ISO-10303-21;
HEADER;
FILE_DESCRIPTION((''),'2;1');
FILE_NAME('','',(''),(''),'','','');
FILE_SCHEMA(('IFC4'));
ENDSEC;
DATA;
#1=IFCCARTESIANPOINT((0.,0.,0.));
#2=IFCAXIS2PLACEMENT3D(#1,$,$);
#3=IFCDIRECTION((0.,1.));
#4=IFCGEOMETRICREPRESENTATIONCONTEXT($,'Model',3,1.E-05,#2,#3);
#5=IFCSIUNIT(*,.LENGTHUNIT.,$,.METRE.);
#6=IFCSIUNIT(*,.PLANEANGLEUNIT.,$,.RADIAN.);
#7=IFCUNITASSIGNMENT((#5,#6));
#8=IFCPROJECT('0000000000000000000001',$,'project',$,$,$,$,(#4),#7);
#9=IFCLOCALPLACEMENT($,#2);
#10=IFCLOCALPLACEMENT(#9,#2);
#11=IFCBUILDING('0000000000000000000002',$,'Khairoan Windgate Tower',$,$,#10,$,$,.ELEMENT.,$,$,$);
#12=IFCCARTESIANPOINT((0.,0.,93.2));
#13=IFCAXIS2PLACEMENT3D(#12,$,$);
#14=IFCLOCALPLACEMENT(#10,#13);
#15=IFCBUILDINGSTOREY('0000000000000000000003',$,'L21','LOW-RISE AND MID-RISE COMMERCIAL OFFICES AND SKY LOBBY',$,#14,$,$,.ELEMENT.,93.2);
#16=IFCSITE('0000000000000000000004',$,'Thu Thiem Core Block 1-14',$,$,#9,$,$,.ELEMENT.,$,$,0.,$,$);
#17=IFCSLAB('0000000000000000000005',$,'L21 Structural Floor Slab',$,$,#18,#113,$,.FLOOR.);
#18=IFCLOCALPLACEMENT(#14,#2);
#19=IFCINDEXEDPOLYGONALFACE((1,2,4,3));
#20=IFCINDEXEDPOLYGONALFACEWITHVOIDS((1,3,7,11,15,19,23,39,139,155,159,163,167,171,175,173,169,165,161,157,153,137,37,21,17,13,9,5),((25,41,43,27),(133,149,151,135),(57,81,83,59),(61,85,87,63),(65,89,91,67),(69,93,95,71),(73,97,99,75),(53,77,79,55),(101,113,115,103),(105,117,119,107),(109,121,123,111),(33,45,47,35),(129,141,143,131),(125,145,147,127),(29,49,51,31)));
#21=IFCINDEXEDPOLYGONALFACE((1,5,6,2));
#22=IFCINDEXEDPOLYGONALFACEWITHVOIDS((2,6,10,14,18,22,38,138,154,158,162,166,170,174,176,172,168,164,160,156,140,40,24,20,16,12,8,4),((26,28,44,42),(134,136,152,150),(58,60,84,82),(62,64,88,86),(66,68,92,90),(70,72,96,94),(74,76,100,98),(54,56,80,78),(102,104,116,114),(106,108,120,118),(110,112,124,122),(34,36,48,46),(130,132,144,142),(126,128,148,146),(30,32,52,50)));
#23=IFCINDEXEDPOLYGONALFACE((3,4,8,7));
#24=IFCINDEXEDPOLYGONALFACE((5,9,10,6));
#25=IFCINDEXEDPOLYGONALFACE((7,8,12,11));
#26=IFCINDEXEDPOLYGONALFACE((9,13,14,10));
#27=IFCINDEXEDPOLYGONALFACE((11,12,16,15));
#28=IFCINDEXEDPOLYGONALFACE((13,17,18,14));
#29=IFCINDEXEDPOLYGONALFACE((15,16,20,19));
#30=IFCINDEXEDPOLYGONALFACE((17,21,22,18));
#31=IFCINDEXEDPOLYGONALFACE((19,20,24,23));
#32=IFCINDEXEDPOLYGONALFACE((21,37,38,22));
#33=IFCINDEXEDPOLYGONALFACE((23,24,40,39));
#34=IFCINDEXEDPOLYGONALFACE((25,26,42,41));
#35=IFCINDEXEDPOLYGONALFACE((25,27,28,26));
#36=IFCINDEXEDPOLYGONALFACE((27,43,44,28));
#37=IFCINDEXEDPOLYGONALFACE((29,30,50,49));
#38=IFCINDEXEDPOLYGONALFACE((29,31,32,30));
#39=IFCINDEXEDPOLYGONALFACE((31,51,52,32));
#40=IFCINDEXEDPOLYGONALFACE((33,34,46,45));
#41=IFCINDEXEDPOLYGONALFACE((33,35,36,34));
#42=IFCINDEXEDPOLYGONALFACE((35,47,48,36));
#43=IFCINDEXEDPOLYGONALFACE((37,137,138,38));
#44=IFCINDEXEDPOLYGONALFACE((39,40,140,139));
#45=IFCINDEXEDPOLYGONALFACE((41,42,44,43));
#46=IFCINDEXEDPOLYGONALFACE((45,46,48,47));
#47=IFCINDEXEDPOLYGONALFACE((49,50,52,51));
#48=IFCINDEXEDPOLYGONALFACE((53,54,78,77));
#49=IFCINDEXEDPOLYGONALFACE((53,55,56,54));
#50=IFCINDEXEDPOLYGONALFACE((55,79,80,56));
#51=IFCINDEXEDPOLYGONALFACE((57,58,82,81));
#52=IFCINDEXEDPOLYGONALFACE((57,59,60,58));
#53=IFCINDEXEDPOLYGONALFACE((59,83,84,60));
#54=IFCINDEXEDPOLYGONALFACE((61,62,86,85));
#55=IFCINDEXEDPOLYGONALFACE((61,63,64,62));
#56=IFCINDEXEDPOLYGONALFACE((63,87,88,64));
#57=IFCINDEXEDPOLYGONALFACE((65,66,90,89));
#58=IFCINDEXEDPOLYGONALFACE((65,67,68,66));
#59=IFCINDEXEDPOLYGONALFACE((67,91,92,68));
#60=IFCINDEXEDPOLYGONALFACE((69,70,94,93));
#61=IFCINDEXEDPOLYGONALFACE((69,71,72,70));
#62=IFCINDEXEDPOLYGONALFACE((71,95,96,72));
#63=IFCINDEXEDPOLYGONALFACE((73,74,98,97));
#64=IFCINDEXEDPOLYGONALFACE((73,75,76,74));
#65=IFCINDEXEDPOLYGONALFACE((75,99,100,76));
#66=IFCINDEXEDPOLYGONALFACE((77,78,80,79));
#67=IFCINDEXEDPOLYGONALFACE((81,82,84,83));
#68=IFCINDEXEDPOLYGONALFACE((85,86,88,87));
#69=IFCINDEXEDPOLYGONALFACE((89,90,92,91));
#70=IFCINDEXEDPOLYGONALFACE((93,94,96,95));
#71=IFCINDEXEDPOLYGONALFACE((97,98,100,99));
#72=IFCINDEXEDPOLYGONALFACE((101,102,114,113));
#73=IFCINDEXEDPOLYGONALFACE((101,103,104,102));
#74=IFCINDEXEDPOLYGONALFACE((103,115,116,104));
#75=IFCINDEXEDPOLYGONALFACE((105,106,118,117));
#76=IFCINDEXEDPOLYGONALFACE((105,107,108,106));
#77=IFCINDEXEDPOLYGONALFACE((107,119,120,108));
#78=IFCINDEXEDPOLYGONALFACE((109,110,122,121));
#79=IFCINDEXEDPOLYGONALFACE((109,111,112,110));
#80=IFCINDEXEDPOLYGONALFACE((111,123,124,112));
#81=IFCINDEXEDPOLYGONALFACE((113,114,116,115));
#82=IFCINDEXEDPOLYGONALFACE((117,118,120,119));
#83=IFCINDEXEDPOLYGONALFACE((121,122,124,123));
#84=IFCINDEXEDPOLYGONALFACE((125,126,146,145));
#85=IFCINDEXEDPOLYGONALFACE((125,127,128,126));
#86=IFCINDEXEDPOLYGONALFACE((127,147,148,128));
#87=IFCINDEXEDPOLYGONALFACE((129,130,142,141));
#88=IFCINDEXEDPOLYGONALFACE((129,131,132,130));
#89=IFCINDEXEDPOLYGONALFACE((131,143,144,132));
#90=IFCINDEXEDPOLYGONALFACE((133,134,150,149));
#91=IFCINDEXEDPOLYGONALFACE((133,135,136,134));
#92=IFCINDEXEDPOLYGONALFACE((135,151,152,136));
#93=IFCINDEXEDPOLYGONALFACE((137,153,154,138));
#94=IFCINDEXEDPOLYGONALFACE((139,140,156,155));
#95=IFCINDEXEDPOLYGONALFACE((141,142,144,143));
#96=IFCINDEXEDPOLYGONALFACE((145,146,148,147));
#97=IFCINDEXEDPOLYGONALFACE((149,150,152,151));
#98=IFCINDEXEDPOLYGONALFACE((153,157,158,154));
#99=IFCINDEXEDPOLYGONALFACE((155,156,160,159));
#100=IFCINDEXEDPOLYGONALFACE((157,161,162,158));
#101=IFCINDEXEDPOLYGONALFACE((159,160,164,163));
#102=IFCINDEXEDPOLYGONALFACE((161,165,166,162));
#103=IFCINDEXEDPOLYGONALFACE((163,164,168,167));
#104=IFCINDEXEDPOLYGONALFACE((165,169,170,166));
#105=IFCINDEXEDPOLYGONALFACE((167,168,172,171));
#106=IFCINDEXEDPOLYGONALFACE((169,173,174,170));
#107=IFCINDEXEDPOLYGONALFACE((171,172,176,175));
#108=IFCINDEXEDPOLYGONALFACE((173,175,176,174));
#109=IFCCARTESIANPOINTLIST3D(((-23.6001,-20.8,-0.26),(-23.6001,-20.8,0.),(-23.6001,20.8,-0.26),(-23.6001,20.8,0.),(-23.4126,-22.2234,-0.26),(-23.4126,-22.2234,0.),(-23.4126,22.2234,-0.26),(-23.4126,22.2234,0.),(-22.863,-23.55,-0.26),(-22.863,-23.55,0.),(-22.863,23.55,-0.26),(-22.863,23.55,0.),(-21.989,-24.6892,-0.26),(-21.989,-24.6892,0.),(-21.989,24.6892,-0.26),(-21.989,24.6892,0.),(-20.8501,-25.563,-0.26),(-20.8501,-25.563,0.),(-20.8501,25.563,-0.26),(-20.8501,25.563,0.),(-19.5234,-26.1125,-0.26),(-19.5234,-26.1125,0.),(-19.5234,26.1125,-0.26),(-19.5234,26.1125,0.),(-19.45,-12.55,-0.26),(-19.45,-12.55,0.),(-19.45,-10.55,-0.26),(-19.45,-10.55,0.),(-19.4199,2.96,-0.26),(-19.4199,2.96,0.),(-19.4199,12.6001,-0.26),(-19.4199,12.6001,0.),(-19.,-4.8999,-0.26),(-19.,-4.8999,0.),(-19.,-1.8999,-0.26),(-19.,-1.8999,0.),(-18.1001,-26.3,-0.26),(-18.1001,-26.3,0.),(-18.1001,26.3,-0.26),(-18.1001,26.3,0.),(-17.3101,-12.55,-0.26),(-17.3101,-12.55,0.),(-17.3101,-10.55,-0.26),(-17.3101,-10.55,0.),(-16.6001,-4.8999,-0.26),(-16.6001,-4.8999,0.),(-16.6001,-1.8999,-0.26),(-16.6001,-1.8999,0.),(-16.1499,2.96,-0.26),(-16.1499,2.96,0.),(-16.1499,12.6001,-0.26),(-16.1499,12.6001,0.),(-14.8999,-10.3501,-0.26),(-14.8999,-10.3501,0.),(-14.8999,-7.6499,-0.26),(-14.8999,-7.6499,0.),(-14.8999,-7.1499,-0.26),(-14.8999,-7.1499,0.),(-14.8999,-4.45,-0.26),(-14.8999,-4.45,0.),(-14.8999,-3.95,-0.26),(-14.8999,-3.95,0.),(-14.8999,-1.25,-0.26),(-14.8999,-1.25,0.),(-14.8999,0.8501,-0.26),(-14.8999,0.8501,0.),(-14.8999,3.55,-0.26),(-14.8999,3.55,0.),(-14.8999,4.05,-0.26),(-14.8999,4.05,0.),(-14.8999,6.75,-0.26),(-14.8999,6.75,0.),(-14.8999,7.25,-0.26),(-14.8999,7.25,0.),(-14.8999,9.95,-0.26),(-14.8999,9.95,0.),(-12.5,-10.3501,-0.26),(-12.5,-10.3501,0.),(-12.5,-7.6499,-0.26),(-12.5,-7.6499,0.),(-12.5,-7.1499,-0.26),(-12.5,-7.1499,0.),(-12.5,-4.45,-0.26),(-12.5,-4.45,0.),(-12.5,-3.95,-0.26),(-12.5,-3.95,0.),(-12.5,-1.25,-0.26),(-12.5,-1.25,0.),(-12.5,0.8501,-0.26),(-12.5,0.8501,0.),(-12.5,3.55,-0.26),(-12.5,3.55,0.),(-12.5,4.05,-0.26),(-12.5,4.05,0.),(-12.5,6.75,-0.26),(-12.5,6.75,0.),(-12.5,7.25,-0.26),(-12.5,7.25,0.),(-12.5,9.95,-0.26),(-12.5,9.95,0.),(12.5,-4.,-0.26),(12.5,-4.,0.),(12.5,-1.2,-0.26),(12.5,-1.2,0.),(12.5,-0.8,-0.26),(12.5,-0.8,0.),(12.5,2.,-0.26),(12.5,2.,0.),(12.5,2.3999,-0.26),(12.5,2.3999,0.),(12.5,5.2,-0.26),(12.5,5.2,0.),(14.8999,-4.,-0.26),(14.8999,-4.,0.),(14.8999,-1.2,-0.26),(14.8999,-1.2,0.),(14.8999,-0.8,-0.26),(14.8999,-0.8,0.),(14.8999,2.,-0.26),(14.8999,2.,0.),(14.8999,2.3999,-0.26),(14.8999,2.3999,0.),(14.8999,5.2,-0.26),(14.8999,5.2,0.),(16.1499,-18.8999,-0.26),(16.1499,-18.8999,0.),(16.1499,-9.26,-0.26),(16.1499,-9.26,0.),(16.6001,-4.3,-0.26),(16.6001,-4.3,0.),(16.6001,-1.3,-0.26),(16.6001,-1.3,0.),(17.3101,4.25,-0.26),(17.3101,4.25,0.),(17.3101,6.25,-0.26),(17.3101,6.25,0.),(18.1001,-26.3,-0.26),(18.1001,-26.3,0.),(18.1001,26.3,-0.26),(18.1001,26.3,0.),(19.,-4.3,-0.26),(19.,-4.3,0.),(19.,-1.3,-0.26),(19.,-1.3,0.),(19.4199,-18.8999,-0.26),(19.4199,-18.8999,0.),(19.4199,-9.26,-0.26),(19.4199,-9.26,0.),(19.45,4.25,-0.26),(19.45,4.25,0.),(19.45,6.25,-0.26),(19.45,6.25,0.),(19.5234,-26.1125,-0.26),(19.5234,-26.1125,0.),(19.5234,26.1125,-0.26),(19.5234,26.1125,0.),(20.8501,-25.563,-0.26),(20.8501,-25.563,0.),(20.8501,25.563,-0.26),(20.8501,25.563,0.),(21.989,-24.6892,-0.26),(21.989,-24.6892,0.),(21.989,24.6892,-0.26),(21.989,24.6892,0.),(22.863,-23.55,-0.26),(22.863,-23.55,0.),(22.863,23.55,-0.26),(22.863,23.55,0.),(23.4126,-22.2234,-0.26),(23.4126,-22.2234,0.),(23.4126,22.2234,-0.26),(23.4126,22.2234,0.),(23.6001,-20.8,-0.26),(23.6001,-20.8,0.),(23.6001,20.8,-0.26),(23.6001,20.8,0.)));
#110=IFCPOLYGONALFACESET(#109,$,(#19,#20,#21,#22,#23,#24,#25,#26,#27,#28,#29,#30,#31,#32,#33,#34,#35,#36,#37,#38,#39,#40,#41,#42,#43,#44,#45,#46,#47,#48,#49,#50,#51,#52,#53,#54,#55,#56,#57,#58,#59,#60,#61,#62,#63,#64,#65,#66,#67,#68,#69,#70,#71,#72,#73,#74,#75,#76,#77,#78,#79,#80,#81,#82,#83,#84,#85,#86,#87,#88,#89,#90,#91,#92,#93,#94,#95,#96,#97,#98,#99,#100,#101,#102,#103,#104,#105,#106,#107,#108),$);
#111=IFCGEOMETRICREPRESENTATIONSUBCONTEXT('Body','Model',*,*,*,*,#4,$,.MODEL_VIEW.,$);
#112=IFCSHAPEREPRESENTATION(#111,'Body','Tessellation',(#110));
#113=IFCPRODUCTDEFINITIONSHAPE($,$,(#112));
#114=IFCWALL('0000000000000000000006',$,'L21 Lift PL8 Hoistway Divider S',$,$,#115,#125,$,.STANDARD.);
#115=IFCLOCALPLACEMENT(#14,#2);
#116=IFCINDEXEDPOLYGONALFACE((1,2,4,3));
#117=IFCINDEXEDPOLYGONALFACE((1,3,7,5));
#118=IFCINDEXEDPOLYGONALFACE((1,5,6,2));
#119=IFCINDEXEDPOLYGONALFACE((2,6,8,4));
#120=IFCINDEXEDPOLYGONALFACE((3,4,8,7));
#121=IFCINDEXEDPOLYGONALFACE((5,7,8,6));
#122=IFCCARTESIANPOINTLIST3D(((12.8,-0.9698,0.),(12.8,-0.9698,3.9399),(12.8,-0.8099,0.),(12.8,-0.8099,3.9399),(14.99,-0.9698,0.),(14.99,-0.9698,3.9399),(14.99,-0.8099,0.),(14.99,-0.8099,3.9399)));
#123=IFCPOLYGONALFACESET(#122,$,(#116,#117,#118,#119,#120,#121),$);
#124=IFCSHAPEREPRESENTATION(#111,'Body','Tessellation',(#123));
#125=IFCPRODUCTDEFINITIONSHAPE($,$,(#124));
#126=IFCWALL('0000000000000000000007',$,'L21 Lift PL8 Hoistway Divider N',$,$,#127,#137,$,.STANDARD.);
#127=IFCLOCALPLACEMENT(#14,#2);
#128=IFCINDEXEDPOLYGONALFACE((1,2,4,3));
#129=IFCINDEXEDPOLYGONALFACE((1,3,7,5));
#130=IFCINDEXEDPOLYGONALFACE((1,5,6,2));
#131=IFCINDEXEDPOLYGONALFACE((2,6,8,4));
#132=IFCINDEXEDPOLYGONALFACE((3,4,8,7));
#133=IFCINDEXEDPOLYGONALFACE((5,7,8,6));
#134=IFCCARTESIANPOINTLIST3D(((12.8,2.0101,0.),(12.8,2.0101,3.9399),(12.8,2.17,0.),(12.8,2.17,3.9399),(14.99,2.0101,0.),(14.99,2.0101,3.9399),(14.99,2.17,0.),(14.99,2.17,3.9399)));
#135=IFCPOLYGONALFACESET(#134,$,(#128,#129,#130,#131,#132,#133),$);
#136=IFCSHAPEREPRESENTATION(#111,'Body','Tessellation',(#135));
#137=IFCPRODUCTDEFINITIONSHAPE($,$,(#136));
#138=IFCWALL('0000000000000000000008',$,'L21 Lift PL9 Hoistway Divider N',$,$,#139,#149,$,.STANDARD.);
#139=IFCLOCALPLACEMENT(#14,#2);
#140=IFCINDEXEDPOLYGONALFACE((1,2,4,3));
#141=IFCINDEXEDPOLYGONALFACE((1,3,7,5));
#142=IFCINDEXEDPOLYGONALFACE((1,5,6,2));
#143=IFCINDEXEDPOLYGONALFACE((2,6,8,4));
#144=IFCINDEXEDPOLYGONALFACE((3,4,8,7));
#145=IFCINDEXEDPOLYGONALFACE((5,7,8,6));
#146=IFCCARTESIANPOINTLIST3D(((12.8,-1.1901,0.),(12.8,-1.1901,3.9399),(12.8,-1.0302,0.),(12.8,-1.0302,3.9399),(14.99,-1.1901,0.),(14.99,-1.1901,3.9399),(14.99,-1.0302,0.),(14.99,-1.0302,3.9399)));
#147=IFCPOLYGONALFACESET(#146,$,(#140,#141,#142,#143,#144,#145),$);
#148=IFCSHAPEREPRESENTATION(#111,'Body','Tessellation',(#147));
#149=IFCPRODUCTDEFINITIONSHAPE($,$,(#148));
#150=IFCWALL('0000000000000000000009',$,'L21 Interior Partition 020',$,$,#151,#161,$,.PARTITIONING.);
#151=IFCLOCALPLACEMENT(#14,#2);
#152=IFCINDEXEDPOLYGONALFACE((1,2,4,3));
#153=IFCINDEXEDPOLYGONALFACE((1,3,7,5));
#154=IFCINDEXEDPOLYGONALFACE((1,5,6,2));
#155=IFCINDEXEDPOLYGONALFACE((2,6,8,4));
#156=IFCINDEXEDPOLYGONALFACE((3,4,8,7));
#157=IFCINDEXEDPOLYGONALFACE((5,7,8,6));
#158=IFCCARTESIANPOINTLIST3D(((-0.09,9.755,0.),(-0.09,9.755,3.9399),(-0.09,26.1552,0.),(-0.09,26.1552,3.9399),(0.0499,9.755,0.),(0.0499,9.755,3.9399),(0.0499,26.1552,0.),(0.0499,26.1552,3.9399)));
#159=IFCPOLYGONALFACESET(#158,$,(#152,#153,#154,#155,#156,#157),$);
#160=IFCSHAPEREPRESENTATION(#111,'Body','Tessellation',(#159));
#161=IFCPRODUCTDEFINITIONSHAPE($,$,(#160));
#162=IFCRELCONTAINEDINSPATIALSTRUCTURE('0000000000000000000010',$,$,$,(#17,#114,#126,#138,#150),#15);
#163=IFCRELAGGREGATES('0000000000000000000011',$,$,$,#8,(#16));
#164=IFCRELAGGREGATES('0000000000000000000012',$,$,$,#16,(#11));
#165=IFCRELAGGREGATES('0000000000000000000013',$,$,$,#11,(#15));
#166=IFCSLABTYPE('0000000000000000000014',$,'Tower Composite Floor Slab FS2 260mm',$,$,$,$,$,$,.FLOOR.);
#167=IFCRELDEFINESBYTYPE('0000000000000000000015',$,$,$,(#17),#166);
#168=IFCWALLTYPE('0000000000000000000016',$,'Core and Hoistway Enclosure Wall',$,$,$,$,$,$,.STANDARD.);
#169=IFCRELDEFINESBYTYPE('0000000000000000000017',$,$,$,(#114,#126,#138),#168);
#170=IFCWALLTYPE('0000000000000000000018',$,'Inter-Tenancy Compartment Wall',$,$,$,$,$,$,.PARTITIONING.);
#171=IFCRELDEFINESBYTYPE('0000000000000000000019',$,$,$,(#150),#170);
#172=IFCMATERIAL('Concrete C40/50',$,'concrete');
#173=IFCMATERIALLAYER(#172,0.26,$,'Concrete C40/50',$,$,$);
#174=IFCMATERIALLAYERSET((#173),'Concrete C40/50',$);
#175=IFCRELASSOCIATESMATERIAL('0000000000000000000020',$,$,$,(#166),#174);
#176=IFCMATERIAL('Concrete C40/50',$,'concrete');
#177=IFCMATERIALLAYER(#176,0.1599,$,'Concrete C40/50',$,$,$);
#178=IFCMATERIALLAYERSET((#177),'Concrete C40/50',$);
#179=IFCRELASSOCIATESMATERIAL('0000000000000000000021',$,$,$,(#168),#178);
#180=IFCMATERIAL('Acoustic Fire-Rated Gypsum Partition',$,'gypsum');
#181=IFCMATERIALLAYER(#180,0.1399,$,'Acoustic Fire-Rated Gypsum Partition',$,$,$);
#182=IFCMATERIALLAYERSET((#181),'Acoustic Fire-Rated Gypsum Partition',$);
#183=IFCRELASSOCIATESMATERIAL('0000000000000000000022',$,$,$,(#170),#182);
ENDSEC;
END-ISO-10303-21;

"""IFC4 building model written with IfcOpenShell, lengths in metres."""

from ifc_helpers import new_model, si_unit, direction, frame, frame_2d, origin, place, context, subcontext, project, spatial, polyline, rectangle, outline, extrude, material, layer, layer_set, type_object, element, save


model = new_model("IFC4")

# Units and contexts
model_context = context("Model", 3, precision=1e-05, world=origin(), true_north=direction((0.0, 1.0)))
body_context = subcontext(model_context, "Body", "Model", "MODEL_VIEW")
ifc_project = project(units=[si_unit("LENGTHUNIT", "METRE"), si_unit("PLANEANGLEUNIT", "RADIAN")], contexts=[model_context])

# Site, building, storey
site_placement = place(None, origin())
site = spatial("IfcSite", under=ifc_project, at=site_placement, Name="Thu Thiem Core Block 1-14", CompositionType="ELEMENT", RefElevation=0.0)
building_placement = place(site_placement, origin())
building = spatial("IfcBuilding", under=site, at=building_placement, Name="Khairoan Windgate Tower", CompositionType="ELEMENT")
storey_placement = place(building_placement, frame((0.0, 0.0, 93.2)))
storey = spatial("IfcBuildingStorey", under=building, at=storey_placement, Name="L21", Description="LOW-RISE AND MID-RISE COMMERCIAL OFFICES AND SKY LOBBY", CompositionType="ELEMENT", Elevation=93.2)

# Slab
ifc_material_1 = material(Name="Concrete C40/50", Category="concrete")
ifc_layer_1 = layer(ifc_material_1, 0.26, Name="Concrete C40/50")
ifc_layer_set_1 = layer_set([ifc_layer_1], Name="Concrete C40/50")
slab_type_1 = type_object("IfcSlabType", Name="Tower Composite Floor Slab FS2 260mm", PredefinedType="FLOOR", material=ifc_layer_set_1)
slab_1_placement = place(storey_placement, frame((0.0, 0.0, -0.26)))
element("IfcSlab", 1, at=slab_1_placement, inside=storey, type_object=slab_type_1, Name="L21 Structural Floor Slab", PredefinedType="FLOOR", context=body_context, shape_type="SweptSolid", body=[
    extrude(outline(polyline([(18.1001, -26.3), (19.5234, -26.1125), (20.8501, -25.563), (21.989, -24.6892), (22.863, -23.55), (23.4126, -22.2234), (23.6001, -20.8), (23.6001, 20.8), (23.4126, 22.2234), (22.863, 23.55), (21.989, 24.6892), (20.8501, 25.563), (19.5234, 26.1125), (18.1001, 26.3), (-18.1001, 26.3), (-19.5234, 26.1125), (-20.8501, 25.563), (-21.989, 24.6892), (-22.863, 23.55), (-23.4126, 22.2234), (-23.6001, 20.8), (-23.6001, -20.8), (-23.4126, -22.2234), (-22.863, -23.55), (-21.989, -24.6892), (-20.8501, -25.563), (-19.5234, -26.1125), (-18.1001, -26.3), (18.1001, -26.3)]), holes=[polyline([(16.1499, -9.26), (16.1499, -18.8999), (19.4199, -18.8999), (19.4199, -9.26), (16.1499, -9.26)]), polyline([(-16.1499, 2.96), (-16.1499, 12.6001), (-19.4199, 12.6001), (-19.4199, 2.96), (-16.1499, 2.96)]), polyline([(-14.8999, 7.25), (-12.5, 7.25), (-12.5, 9.95), (-14.8999, 9.95), (-14.8999, 7.25)]), polyline([(-14.8999, 4.05), (-12.5, 4.05), (-12.5, 6.75), (-14.8999, 6.75), (-14.8999, 4.05)]), polyline([(-14.8999, 0.8501), (-12.5, 0.8501), (-12.5, 3.55), (-14.8999, 3.55), (-14.8999, 0.8501)]), polyline([(-14.8999, -3.95), (-12.5, -3.95), (-12.5, -1.25), (-14.8999, -1.25), (-14.8999, -3.95)]), polyline([(-14.8999, -7.1499), (-12.5, -7.1499), (-12.5, -4.45), (-14.8999, -4.45), (-14.8999, -7.1499)]), polyline([(-14.8999, -10.3501), (-12.5, -10.3501), (-12.5, -7.6499), (-14.8999, -7.6499), (-14.8999, -10.3501)]), polyline([(12.5, 2.3999), (14.8999, 2.3999), (14.8999, 5.2), (12.5, 5.2), (12.5, 2.3999)]), polyline([(12.5, -0.8), (14.8999, -0.8), (14.8999, 2.0), (12.5, 2.0), (12.5, -0.8)]), polyline([(12.5, -4.0), (14.8999, -4.0), (14.8999, -1.2), (12.5, -1.2), (12.5, -4.0)]), polyline([(16.6001, -4.3), (19.0, -4.3), (19.0, -1.3), (16.6001, -1.3), (16.6001, -4.3)]), polyline([(-19.0, -4.8999), (-16.6001, -4.8999), (-16.6001, -1.8999), (-19.0, -1.8999), (-19.0, -4.8999)]), polyline([(-19.45, -12.55), (-17.3101, -12.55), (-17.3101, -10.55), (-19.45, -10.55), (-19.45, -12.55)]), polyline([(17.3101, 4.25), (19.45, 4.25), (19.45, 6.25), (17.3101, 6.25), (17.3101, 4.25)])]), origin(), (0.0, 0.0, 1.0), 0.26),
])

# Walls
ifc_material_2 = material(Name="Concrete C40/50", Category="concrete")
ifc_layer_2 = layer(ifc_material_2, 0.1599, Name="Concrete C40/50")
ifc_layer_set_2 = layer_set([ifc_layer_2], Name="Concrete C40/50")
wall_type_1 = type_object("IfcWallType", Name="Core and Hoistway Enclosure Wall", PredefinedType="STANDARD", material=ifc_layer_set_2)
for number, where, z_axis, x_axis, name in (
    (2, (12.8, -0.8899, 0.0), (0.0, 0.0, 1.0), (1.0, 0.0, 0.0), "L21 Lift PL8 Hoistway Divider S"),
    (3, (12.8, 2.0901, 0.0), (0.0, 0.0, 1.0), (1.0, 0.0, 0.0), "L21 Lift PL8 Hoistway Divider N"),
    (4, (12.8, -1.1101, 0.0), (0.0, 0.0, 1.0), (1.0, 0.0, 0.0), "L21 Lift PL9 Hoistway Divider N"),
):
    element("IfcWall", number, at=place(storey_placement, frame(where, z_axis=z_axis, x_axis=x_axis)), inside=storey, type_object=wall_type_1, Name=name, PredefinedType="STANDARD", context=body_context, shape_type="SweptSolid", body=[
        extrude(rectangle(XDim=2.1899, YDim=0.1599, at=frame_2d((1.095, 0.0))), origin(), (0.0, 0.0, 1.0), 3.9399),
    ])
ifc_material_3 = material(Name="Acoustic Fire-Rated Gypsum Partition", Category="gypsum")
ifc_layer_3 = layer(ifc_material_3, 0.1399, Name="Acoustic Fire-Rated Gypsum Partition")
ifc_layer_set_3 = layer_set([ifc_layer_3], Name="Acoustic Fire-Rated Gypsum Partition")
wall_type_2 = type_object("IfcWallType", Name="Inter-Tenancy Compartment Wall", PredefinedType="PARTITIONING", material=ifc_layer_set_3)
wall_1_placement = place(storey_placement, frame((-0.02, 9.7549, 0.0), z_axis=(0.0, 0.0, 1.0), x_axis=(0.0, 1.0, 0.0)))
element("IfcWall", 5, at=wall_1_placement, inside=storey, type_object=wall_type_2, Name="L21 Interior Partition 020", PredefinedType="PARTITIONING", context=body_context, shape_type="SweptSolid", body=[
    extrude(rectangle(XDim=16.4001, YDim=0.1399, at=frame_2d((8.2002, 0.0))), origin(), (0.0, 0.0, 1.0), 3.9399),
])

save(model, "model.ifc")
